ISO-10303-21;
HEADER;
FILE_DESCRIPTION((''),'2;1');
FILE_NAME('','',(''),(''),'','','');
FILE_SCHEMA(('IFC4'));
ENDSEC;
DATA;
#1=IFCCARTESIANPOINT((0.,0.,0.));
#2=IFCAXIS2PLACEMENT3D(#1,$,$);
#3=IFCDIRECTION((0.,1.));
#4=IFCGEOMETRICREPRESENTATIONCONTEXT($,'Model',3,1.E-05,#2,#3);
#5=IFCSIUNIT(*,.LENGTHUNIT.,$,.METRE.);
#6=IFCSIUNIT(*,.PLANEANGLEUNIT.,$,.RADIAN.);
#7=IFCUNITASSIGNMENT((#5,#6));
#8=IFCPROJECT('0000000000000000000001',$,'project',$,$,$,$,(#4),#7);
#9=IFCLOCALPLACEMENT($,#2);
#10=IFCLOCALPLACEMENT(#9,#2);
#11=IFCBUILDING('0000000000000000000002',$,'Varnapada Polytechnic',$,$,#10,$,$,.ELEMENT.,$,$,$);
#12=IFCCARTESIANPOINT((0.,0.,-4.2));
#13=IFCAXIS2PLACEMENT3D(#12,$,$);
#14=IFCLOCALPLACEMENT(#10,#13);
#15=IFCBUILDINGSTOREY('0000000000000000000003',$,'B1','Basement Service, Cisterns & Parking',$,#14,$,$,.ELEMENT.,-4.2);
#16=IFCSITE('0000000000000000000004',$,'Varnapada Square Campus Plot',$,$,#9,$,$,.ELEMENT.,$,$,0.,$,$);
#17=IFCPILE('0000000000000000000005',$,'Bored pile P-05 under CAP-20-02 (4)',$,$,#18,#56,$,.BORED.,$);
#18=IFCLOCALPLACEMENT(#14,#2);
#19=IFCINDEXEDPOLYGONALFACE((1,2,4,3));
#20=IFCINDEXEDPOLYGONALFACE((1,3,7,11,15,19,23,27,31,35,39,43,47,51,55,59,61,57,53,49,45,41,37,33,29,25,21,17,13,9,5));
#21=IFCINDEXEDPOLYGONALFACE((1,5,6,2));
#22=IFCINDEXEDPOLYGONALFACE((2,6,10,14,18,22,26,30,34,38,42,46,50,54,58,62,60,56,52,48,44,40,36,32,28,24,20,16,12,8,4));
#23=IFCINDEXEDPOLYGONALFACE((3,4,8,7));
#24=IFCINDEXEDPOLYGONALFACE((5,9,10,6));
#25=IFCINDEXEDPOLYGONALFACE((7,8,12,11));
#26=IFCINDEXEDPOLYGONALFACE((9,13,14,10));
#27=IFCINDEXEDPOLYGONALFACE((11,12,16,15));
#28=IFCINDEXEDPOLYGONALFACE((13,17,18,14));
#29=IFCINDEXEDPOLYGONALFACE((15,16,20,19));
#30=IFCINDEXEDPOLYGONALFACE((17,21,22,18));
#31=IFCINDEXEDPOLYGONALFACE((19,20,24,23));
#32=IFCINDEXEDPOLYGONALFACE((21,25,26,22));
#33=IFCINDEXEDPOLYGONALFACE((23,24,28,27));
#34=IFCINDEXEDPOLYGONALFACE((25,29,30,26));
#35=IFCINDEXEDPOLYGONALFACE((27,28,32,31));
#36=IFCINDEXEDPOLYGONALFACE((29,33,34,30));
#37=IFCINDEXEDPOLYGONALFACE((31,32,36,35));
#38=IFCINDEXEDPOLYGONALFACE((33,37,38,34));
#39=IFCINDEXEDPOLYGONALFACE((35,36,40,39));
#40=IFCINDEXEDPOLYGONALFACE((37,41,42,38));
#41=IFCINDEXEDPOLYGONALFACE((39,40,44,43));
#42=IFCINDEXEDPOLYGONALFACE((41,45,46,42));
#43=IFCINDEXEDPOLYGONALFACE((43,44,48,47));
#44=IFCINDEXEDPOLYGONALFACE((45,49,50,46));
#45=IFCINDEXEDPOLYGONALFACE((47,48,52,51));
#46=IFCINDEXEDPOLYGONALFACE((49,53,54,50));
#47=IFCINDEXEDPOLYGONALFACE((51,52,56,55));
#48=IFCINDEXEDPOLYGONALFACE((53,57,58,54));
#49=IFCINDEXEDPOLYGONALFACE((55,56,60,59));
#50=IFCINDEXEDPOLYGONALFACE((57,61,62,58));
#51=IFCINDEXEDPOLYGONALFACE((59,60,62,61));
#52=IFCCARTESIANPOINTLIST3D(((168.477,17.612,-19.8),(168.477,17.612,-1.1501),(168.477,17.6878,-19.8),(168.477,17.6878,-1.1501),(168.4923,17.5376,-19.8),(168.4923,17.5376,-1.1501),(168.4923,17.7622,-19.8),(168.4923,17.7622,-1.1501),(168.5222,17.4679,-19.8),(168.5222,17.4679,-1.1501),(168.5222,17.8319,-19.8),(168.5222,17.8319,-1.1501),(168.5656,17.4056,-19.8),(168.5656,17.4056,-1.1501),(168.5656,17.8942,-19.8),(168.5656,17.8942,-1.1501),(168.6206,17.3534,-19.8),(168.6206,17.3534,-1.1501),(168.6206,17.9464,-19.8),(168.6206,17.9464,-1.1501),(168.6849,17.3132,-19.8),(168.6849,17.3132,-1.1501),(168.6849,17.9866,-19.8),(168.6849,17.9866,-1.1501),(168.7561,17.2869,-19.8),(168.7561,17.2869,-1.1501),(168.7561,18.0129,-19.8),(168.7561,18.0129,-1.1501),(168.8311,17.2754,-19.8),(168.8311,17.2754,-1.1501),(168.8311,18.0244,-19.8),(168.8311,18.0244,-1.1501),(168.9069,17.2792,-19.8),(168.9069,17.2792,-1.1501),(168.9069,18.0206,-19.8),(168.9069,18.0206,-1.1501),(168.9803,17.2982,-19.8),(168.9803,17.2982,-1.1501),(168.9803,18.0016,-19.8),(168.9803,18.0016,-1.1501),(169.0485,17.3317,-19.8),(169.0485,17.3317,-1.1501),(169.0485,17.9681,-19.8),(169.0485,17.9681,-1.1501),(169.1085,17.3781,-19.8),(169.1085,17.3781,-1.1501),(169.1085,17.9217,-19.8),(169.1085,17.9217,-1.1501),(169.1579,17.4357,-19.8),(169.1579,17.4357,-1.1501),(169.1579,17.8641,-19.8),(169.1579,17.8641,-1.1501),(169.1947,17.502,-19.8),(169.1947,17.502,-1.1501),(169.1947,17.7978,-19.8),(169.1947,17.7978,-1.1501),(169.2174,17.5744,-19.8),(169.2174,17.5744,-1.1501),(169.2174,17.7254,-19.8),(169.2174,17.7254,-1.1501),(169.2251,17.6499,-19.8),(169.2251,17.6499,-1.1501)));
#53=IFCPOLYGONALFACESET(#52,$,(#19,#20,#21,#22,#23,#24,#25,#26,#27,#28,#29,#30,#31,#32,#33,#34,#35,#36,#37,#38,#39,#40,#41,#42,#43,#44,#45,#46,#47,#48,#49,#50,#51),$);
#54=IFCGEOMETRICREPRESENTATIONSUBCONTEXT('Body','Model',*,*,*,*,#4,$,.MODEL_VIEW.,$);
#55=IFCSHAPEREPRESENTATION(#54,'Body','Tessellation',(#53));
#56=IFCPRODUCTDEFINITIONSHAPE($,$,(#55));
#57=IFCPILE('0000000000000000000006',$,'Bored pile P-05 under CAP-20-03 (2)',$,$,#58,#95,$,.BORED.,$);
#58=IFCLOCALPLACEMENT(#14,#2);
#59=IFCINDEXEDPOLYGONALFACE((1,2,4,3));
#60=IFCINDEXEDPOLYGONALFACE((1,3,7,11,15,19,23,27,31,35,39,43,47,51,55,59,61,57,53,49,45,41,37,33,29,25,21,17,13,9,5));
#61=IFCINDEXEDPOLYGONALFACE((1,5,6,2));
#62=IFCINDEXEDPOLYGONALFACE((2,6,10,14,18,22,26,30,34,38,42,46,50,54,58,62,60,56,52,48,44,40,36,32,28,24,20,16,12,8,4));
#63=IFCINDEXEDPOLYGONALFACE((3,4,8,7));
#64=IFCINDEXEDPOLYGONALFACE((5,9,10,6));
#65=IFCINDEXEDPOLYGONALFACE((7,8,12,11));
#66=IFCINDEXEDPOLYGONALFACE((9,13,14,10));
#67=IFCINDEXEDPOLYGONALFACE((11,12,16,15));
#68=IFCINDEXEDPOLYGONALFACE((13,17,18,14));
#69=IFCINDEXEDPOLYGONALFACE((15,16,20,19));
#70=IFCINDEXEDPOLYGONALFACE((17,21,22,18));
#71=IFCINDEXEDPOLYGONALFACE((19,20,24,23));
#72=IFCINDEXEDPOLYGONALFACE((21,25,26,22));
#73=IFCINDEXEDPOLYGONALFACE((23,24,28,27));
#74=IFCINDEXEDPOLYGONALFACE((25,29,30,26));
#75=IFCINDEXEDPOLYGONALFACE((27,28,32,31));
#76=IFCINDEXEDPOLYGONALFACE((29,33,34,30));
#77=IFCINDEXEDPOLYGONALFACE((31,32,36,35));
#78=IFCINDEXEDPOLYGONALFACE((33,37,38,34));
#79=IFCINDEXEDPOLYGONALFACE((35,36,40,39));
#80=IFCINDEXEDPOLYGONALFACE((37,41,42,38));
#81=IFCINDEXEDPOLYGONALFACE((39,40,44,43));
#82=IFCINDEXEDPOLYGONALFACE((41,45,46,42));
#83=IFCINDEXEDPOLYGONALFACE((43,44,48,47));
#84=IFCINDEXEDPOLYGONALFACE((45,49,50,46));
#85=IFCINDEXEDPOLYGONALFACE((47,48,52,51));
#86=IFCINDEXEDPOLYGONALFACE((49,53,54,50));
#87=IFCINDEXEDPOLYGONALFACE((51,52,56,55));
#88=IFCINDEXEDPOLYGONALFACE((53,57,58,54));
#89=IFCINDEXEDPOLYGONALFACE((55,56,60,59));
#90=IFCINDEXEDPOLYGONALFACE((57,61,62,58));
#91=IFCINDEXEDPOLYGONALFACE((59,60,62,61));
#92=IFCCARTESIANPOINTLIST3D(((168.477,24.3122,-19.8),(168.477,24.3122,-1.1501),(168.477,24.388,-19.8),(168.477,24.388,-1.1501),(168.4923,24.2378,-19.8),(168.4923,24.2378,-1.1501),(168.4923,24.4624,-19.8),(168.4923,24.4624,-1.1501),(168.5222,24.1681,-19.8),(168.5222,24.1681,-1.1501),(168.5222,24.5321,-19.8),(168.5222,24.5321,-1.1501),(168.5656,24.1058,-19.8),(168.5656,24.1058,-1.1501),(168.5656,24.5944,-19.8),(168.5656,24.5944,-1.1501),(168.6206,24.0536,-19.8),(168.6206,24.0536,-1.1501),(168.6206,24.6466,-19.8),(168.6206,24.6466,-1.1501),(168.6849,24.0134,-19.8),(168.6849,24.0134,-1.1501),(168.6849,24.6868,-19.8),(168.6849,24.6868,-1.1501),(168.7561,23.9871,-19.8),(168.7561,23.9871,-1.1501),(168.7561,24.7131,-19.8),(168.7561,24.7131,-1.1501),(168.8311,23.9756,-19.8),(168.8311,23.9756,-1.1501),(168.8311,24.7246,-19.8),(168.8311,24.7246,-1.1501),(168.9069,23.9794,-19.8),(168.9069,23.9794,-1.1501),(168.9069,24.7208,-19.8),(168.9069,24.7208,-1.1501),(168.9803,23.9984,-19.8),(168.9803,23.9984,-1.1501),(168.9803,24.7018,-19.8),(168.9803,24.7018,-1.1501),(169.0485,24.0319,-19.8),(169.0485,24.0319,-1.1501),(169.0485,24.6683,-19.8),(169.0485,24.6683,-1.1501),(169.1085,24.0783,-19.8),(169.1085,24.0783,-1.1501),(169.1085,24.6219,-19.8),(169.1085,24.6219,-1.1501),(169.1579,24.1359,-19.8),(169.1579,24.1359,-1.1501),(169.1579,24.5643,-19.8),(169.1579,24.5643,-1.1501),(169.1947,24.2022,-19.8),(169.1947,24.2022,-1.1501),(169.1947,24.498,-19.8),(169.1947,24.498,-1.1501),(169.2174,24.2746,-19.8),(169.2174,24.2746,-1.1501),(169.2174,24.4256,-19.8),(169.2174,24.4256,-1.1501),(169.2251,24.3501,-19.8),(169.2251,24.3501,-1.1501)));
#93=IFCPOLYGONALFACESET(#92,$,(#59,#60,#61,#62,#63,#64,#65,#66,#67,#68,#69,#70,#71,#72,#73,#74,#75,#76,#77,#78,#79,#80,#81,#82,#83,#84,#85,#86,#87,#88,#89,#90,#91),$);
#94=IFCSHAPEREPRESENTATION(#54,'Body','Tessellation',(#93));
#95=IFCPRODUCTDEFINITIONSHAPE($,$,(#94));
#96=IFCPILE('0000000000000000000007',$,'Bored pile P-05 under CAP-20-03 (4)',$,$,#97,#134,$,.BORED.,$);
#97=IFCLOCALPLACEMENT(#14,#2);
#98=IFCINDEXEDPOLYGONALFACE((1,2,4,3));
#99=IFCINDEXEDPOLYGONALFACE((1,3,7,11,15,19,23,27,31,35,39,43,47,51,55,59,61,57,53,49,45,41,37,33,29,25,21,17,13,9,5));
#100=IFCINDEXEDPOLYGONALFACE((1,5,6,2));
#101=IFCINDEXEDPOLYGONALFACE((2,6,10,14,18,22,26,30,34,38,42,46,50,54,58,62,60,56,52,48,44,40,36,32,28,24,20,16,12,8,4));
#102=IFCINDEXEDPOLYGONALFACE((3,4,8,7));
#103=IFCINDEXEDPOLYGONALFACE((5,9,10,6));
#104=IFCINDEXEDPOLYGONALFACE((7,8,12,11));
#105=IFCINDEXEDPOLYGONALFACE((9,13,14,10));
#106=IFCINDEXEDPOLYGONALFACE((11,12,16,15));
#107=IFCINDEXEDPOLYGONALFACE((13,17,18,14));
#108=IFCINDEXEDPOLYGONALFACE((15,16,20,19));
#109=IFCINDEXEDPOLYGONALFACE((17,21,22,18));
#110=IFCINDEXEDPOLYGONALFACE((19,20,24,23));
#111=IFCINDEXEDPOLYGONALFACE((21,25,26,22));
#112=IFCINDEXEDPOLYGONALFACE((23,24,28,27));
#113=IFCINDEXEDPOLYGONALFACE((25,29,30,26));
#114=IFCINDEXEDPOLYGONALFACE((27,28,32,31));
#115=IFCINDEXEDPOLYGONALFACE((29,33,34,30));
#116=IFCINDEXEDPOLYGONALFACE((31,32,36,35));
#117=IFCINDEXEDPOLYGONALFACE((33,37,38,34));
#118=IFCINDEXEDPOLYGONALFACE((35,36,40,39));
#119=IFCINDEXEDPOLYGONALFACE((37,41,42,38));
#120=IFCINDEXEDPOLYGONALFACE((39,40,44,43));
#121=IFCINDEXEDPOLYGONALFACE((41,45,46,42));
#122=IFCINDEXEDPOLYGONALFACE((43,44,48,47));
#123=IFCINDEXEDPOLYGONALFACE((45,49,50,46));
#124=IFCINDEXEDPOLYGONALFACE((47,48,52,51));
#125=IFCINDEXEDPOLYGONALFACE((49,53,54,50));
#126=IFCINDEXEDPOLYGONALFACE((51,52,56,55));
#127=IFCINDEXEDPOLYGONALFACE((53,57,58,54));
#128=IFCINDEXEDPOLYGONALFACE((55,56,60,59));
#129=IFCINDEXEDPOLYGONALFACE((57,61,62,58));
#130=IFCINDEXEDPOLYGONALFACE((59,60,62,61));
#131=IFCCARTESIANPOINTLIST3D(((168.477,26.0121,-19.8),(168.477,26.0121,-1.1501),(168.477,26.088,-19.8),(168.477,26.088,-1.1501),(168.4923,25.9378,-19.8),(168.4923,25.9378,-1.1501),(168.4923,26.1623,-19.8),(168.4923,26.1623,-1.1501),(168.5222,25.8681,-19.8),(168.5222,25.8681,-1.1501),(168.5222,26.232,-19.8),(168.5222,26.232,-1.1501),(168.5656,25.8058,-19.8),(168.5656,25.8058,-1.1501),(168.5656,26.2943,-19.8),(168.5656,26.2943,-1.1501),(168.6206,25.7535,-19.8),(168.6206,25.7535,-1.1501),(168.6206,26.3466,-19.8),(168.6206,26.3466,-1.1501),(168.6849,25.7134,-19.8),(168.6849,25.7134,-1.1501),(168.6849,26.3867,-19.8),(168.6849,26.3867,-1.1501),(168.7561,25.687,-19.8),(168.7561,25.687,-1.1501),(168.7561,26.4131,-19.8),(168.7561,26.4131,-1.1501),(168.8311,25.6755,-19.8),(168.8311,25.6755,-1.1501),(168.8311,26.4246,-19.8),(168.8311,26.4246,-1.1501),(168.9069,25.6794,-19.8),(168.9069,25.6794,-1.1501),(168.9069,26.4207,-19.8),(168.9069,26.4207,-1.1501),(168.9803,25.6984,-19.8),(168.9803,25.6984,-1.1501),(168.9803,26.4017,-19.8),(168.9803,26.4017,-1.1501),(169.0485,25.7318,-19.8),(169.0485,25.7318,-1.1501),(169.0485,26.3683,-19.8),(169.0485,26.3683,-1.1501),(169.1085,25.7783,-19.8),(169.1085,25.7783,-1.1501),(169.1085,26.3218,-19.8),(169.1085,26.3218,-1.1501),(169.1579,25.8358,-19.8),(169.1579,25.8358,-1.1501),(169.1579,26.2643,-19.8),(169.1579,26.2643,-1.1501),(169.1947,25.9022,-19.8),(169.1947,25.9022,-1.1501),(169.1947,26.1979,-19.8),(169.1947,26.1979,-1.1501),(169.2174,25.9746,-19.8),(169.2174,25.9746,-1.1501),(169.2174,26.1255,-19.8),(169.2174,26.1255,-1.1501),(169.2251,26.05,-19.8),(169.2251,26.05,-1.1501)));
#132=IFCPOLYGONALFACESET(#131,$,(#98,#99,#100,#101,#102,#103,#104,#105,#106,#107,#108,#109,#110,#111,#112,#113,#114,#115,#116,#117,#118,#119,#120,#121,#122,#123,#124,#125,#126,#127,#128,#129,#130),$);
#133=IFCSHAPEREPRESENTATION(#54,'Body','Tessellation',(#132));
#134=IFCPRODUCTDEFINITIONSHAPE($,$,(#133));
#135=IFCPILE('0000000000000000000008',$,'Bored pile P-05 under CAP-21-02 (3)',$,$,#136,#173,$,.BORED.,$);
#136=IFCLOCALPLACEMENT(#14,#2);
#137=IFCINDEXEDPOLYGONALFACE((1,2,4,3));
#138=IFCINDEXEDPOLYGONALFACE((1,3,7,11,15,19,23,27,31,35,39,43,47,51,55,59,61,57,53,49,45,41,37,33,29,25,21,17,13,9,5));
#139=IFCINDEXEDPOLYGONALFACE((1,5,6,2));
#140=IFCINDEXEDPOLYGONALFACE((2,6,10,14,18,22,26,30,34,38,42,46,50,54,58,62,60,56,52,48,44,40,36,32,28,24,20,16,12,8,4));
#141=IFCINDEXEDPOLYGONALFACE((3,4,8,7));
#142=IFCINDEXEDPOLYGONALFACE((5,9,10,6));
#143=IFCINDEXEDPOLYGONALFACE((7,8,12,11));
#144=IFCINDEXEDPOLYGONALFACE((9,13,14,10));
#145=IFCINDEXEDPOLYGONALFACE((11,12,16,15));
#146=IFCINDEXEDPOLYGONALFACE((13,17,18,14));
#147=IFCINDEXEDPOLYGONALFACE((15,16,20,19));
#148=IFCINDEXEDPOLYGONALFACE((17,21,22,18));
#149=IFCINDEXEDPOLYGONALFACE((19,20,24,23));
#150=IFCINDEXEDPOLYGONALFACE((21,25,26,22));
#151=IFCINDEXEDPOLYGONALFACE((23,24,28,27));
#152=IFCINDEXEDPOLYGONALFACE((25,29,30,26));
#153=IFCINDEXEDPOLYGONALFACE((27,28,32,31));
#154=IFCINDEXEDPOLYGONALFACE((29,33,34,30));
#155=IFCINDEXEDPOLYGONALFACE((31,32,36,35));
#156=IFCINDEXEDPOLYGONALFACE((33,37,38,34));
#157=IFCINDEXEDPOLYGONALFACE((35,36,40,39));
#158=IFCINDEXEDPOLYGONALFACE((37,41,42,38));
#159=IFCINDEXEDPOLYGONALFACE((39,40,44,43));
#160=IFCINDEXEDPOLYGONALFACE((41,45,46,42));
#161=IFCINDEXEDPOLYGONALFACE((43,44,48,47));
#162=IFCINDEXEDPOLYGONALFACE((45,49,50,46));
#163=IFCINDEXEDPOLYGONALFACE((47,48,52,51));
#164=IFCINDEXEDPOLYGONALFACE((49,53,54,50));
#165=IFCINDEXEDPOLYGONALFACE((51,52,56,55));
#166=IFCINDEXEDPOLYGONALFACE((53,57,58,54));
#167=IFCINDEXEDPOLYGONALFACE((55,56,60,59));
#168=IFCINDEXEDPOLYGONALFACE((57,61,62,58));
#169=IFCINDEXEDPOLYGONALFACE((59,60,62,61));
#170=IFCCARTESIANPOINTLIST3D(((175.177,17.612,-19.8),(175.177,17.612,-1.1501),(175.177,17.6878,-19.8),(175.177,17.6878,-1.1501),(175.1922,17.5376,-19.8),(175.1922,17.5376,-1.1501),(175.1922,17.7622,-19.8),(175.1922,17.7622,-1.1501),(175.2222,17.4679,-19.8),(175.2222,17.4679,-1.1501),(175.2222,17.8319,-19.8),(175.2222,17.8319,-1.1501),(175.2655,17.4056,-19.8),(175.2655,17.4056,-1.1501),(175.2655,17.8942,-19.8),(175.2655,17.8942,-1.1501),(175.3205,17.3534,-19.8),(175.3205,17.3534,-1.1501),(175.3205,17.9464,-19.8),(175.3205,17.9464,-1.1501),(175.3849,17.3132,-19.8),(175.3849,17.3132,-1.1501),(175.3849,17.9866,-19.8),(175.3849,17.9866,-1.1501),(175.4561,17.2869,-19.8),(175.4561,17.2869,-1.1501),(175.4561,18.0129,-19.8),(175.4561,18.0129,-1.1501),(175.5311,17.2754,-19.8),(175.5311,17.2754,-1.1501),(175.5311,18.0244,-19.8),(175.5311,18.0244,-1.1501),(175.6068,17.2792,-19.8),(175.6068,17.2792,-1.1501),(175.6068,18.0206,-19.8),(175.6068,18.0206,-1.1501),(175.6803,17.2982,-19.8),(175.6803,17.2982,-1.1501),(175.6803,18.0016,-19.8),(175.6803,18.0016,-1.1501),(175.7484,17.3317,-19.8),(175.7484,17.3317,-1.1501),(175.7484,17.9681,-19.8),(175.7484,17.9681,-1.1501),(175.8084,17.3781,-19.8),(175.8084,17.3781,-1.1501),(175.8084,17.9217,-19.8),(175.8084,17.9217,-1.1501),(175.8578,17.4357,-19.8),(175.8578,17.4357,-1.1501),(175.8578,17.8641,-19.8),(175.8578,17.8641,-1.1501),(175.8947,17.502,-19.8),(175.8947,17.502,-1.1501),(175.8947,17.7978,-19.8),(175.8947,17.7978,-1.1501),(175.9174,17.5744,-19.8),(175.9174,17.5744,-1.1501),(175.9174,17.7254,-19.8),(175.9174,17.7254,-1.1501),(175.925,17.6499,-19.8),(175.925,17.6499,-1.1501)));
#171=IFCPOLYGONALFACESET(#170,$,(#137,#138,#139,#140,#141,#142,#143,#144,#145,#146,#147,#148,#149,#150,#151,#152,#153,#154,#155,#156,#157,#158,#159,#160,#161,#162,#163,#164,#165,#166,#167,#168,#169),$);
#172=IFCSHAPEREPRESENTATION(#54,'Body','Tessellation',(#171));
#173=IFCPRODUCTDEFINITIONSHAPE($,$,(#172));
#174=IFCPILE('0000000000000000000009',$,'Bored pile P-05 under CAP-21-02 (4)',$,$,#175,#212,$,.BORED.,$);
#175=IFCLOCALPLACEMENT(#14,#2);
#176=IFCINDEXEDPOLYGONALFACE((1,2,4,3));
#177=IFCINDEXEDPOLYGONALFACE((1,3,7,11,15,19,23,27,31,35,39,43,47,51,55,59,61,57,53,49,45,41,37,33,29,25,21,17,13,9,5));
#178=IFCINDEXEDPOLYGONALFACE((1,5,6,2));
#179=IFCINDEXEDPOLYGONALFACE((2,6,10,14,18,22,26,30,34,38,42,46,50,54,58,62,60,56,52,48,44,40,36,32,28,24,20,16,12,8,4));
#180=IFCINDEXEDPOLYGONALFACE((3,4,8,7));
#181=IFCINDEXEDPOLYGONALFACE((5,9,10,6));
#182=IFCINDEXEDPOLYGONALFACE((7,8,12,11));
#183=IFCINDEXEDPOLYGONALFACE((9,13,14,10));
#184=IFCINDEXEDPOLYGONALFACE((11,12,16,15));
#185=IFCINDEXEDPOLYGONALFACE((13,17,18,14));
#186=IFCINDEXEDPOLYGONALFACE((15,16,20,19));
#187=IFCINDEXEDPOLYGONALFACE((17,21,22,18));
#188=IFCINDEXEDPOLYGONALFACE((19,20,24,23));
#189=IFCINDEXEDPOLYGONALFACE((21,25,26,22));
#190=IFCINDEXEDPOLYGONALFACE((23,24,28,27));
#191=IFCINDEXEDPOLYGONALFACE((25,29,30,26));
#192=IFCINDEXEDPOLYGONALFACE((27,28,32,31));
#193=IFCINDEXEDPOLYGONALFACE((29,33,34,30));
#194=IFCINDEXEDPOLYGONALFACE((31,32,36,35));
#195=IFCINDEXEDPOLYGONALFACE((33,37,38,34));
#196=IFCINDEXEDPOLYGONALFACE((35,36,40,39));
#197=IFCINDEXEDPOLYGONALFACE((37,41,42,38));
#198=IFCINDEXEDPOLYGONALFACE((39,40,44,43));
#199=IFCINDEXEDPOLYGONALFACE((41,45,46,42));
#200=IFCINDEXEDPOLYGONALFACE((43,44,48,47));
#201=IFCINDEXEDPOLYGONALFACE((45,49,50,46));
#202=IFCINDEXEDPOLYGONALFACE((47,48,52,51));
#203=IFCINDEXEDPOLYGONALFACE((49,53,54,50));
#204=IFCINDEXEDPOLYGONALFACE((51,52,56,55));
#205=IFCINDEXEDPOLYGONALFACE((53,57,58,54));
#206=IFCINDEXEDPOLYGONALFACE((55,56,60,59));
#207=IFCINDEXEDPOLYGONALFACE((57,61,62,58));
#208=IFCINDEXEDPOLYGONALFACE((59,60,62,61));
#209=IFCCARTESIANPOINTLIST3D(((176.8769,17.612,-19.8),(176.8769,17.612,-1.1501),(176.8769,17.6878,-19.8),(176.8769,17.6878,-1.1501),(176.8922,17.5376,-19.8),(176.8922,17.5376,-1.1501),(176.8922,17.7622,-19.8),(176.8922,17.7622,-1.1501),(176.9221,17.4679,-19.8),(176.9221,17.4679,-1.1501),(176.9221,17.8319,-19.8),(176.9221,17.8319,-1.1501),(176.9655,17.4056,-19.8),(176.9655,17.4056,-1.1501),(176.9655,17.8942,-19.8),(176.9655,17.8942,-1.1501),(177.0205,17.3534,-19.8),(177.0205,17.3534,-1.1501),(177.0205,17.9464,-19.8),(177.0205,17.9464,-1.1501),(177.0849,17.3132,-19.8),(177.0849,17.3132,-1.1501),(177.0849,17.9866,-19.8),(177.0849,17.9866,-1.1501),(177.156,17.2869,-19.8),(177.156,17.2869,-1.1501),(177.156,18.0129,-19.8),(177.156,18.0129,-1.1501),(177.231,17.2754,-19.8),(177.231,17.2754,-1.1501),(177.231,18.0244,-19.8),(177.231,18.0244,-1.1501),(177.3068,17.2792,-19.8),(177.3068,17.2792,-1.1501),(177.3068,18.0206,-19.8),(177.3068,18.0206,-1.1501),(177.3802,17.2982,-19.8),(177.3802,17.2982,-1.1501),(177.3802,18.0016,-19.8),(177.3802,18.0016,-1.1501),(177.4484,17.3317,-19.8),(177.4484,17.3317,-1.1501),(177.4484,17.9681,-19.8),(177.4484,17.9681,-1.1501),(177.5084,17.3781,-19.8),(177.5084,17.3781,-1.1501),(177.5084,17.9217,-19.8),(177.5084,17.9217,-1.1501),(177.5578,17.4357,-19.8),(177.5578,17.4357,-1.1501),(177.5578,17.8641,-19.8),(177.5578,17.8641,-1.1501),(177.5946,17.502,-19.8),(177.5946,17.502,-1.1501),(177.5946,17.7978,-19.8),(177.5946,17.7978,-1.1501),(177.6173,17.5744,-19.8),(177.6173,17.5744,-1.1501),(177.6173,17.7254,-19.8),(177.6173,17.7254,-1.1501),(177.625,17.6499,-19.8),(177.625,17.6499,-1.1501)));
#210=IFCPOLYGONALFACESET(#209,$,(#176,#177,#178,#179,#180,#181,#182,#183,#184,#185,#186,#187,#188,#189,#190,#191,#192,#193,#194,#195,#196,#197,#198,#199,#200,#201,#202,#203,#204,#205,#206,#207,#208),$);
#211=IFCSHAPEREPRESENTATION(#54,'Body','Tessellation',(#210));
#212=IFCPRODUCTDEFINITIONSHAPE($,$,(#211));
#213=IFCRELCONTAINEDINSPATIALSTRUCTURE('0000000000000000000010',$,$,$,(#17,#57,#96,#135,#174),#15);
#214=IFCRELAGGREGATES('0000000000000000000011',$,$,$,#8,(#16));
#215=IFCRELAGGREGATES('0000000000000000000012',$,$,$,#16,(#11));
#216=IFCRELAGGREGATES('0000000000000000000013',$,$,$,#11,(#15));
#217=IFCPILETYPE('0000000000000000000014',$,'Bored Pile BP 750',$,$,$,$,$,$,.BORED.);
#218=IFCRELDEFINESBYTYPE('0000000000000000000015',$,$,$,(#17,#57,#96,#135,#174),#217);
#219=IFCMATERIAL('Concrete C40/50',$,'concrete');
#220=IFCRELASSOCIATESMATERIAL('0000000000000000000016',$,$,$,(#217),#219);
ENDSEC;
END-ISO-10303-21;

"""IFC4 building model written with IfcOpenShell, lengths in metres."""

from ifc_helpers import new_model, si_unit, direction, frame, origin, origin_2d, place, context, subcontext, project, spatial, circle, extrude, material, material_profile, profile_set, type_object, element, save


model = new_model("IFC4")

# Units and contexts
model_context = context("Model", 3, precision=1e-05, world=origin(), true_north=direction((0.0, 1.0)))
body_context = subcontext(model_context, "Body", "Model", "MODEL_VIEW")
ifc_project = project(units=[si_unit("LENGTHUNIT", "METRE"), si_unit("PLANEANGLEUNIT", "RADIAN")], contexts=[model_context])

# Site, building, storey
site_placement = place(None, origin())
site = spatial("IfcSite", under=ifc_project, at=site_placement, Name="Varnapada Square Campus Plot", CompositionType="ELEMENT", RefElevation=0.0)
building_placement = place(site_placement, origin())
building = spatial("IfcBuilding", under=site, at=building_placement, Name="Varnapada Polytechnic", CompositionType="ELEMENT")
storey_placement = place(building_placement, frame((0.0, 0.0, -4.2)))
storey = spatial("IfcBuildingStorey", under=building, at=storey_placement, Name="B1", Description="Basement Service, Cisterns & Parking", CompositionType="ELEMENT", Elevation=-4.2)

# Piles
ifc_material_1 = material(Name="Concrete C40/50", Category="concrete")
ifc_material_profile_1 = material_profile(ifc_material_1, circle(Radius=0.375, at=origin_2d()), Name="BP 750")
ifc_profile_set_1 = profile_set([ifc_material_profile_1], Name="Concrete C40/50")
pile_type = type_object("IfcPileType", Name="Bored Pile BP 750", PredefinedType="BORED", material=ifc_profile_set_1)
for number, where, z_axis, x_axis, name in (
    (1, (168.8501, 17.6499, -1.1501), (0.0, 0.0, -1.0), (1.0, 0.0, 0.0), "Bored pile P-05 under CAP-20-02 (4)"),
    (2, (168.8501, 24.3501, -1.1501), (0.0, 0.0, -1.0), (1.0, 0.0, 0.0), "Bored pile P-05 under CAP-20-03 (2)"),
    (3, (168.8501, 26.05, -1.1501), (0.0, 0.0, -1.0), (1.0, 0.0, 0.0), "Bored pile P-05 under CAP-20-03 (4)"),
    (4, (175.55, 17.6499, -1.1501), (0.0, 0.0, -1.0), (1.0, 0.0, 0.0), "Bored pile P-05 under CAP-21-02 (3)"),
    (5, (177.25, 17.6499, -1.1501), (0.0, 0.0, -1.0), (1.0, 0.0, 0.0), "Bored pile P-05 under CAP-21-02 (4)"),
):
    element("IfcPile", number, at=place(storey_placement, frame(where, z_axis=z_axis, x_axis=x_axis)), inside=storey, type_object=pile_type, Name=name, PredefinedType="BORED", context=body_context, shape_type="SweptSolid", body=[
        extrude(circle(Radius=0.375, at=origin_2d()), origin(), (0.0, 0.0, 1.0), 18.6499),
    ])

save(model, "model.ifc")
